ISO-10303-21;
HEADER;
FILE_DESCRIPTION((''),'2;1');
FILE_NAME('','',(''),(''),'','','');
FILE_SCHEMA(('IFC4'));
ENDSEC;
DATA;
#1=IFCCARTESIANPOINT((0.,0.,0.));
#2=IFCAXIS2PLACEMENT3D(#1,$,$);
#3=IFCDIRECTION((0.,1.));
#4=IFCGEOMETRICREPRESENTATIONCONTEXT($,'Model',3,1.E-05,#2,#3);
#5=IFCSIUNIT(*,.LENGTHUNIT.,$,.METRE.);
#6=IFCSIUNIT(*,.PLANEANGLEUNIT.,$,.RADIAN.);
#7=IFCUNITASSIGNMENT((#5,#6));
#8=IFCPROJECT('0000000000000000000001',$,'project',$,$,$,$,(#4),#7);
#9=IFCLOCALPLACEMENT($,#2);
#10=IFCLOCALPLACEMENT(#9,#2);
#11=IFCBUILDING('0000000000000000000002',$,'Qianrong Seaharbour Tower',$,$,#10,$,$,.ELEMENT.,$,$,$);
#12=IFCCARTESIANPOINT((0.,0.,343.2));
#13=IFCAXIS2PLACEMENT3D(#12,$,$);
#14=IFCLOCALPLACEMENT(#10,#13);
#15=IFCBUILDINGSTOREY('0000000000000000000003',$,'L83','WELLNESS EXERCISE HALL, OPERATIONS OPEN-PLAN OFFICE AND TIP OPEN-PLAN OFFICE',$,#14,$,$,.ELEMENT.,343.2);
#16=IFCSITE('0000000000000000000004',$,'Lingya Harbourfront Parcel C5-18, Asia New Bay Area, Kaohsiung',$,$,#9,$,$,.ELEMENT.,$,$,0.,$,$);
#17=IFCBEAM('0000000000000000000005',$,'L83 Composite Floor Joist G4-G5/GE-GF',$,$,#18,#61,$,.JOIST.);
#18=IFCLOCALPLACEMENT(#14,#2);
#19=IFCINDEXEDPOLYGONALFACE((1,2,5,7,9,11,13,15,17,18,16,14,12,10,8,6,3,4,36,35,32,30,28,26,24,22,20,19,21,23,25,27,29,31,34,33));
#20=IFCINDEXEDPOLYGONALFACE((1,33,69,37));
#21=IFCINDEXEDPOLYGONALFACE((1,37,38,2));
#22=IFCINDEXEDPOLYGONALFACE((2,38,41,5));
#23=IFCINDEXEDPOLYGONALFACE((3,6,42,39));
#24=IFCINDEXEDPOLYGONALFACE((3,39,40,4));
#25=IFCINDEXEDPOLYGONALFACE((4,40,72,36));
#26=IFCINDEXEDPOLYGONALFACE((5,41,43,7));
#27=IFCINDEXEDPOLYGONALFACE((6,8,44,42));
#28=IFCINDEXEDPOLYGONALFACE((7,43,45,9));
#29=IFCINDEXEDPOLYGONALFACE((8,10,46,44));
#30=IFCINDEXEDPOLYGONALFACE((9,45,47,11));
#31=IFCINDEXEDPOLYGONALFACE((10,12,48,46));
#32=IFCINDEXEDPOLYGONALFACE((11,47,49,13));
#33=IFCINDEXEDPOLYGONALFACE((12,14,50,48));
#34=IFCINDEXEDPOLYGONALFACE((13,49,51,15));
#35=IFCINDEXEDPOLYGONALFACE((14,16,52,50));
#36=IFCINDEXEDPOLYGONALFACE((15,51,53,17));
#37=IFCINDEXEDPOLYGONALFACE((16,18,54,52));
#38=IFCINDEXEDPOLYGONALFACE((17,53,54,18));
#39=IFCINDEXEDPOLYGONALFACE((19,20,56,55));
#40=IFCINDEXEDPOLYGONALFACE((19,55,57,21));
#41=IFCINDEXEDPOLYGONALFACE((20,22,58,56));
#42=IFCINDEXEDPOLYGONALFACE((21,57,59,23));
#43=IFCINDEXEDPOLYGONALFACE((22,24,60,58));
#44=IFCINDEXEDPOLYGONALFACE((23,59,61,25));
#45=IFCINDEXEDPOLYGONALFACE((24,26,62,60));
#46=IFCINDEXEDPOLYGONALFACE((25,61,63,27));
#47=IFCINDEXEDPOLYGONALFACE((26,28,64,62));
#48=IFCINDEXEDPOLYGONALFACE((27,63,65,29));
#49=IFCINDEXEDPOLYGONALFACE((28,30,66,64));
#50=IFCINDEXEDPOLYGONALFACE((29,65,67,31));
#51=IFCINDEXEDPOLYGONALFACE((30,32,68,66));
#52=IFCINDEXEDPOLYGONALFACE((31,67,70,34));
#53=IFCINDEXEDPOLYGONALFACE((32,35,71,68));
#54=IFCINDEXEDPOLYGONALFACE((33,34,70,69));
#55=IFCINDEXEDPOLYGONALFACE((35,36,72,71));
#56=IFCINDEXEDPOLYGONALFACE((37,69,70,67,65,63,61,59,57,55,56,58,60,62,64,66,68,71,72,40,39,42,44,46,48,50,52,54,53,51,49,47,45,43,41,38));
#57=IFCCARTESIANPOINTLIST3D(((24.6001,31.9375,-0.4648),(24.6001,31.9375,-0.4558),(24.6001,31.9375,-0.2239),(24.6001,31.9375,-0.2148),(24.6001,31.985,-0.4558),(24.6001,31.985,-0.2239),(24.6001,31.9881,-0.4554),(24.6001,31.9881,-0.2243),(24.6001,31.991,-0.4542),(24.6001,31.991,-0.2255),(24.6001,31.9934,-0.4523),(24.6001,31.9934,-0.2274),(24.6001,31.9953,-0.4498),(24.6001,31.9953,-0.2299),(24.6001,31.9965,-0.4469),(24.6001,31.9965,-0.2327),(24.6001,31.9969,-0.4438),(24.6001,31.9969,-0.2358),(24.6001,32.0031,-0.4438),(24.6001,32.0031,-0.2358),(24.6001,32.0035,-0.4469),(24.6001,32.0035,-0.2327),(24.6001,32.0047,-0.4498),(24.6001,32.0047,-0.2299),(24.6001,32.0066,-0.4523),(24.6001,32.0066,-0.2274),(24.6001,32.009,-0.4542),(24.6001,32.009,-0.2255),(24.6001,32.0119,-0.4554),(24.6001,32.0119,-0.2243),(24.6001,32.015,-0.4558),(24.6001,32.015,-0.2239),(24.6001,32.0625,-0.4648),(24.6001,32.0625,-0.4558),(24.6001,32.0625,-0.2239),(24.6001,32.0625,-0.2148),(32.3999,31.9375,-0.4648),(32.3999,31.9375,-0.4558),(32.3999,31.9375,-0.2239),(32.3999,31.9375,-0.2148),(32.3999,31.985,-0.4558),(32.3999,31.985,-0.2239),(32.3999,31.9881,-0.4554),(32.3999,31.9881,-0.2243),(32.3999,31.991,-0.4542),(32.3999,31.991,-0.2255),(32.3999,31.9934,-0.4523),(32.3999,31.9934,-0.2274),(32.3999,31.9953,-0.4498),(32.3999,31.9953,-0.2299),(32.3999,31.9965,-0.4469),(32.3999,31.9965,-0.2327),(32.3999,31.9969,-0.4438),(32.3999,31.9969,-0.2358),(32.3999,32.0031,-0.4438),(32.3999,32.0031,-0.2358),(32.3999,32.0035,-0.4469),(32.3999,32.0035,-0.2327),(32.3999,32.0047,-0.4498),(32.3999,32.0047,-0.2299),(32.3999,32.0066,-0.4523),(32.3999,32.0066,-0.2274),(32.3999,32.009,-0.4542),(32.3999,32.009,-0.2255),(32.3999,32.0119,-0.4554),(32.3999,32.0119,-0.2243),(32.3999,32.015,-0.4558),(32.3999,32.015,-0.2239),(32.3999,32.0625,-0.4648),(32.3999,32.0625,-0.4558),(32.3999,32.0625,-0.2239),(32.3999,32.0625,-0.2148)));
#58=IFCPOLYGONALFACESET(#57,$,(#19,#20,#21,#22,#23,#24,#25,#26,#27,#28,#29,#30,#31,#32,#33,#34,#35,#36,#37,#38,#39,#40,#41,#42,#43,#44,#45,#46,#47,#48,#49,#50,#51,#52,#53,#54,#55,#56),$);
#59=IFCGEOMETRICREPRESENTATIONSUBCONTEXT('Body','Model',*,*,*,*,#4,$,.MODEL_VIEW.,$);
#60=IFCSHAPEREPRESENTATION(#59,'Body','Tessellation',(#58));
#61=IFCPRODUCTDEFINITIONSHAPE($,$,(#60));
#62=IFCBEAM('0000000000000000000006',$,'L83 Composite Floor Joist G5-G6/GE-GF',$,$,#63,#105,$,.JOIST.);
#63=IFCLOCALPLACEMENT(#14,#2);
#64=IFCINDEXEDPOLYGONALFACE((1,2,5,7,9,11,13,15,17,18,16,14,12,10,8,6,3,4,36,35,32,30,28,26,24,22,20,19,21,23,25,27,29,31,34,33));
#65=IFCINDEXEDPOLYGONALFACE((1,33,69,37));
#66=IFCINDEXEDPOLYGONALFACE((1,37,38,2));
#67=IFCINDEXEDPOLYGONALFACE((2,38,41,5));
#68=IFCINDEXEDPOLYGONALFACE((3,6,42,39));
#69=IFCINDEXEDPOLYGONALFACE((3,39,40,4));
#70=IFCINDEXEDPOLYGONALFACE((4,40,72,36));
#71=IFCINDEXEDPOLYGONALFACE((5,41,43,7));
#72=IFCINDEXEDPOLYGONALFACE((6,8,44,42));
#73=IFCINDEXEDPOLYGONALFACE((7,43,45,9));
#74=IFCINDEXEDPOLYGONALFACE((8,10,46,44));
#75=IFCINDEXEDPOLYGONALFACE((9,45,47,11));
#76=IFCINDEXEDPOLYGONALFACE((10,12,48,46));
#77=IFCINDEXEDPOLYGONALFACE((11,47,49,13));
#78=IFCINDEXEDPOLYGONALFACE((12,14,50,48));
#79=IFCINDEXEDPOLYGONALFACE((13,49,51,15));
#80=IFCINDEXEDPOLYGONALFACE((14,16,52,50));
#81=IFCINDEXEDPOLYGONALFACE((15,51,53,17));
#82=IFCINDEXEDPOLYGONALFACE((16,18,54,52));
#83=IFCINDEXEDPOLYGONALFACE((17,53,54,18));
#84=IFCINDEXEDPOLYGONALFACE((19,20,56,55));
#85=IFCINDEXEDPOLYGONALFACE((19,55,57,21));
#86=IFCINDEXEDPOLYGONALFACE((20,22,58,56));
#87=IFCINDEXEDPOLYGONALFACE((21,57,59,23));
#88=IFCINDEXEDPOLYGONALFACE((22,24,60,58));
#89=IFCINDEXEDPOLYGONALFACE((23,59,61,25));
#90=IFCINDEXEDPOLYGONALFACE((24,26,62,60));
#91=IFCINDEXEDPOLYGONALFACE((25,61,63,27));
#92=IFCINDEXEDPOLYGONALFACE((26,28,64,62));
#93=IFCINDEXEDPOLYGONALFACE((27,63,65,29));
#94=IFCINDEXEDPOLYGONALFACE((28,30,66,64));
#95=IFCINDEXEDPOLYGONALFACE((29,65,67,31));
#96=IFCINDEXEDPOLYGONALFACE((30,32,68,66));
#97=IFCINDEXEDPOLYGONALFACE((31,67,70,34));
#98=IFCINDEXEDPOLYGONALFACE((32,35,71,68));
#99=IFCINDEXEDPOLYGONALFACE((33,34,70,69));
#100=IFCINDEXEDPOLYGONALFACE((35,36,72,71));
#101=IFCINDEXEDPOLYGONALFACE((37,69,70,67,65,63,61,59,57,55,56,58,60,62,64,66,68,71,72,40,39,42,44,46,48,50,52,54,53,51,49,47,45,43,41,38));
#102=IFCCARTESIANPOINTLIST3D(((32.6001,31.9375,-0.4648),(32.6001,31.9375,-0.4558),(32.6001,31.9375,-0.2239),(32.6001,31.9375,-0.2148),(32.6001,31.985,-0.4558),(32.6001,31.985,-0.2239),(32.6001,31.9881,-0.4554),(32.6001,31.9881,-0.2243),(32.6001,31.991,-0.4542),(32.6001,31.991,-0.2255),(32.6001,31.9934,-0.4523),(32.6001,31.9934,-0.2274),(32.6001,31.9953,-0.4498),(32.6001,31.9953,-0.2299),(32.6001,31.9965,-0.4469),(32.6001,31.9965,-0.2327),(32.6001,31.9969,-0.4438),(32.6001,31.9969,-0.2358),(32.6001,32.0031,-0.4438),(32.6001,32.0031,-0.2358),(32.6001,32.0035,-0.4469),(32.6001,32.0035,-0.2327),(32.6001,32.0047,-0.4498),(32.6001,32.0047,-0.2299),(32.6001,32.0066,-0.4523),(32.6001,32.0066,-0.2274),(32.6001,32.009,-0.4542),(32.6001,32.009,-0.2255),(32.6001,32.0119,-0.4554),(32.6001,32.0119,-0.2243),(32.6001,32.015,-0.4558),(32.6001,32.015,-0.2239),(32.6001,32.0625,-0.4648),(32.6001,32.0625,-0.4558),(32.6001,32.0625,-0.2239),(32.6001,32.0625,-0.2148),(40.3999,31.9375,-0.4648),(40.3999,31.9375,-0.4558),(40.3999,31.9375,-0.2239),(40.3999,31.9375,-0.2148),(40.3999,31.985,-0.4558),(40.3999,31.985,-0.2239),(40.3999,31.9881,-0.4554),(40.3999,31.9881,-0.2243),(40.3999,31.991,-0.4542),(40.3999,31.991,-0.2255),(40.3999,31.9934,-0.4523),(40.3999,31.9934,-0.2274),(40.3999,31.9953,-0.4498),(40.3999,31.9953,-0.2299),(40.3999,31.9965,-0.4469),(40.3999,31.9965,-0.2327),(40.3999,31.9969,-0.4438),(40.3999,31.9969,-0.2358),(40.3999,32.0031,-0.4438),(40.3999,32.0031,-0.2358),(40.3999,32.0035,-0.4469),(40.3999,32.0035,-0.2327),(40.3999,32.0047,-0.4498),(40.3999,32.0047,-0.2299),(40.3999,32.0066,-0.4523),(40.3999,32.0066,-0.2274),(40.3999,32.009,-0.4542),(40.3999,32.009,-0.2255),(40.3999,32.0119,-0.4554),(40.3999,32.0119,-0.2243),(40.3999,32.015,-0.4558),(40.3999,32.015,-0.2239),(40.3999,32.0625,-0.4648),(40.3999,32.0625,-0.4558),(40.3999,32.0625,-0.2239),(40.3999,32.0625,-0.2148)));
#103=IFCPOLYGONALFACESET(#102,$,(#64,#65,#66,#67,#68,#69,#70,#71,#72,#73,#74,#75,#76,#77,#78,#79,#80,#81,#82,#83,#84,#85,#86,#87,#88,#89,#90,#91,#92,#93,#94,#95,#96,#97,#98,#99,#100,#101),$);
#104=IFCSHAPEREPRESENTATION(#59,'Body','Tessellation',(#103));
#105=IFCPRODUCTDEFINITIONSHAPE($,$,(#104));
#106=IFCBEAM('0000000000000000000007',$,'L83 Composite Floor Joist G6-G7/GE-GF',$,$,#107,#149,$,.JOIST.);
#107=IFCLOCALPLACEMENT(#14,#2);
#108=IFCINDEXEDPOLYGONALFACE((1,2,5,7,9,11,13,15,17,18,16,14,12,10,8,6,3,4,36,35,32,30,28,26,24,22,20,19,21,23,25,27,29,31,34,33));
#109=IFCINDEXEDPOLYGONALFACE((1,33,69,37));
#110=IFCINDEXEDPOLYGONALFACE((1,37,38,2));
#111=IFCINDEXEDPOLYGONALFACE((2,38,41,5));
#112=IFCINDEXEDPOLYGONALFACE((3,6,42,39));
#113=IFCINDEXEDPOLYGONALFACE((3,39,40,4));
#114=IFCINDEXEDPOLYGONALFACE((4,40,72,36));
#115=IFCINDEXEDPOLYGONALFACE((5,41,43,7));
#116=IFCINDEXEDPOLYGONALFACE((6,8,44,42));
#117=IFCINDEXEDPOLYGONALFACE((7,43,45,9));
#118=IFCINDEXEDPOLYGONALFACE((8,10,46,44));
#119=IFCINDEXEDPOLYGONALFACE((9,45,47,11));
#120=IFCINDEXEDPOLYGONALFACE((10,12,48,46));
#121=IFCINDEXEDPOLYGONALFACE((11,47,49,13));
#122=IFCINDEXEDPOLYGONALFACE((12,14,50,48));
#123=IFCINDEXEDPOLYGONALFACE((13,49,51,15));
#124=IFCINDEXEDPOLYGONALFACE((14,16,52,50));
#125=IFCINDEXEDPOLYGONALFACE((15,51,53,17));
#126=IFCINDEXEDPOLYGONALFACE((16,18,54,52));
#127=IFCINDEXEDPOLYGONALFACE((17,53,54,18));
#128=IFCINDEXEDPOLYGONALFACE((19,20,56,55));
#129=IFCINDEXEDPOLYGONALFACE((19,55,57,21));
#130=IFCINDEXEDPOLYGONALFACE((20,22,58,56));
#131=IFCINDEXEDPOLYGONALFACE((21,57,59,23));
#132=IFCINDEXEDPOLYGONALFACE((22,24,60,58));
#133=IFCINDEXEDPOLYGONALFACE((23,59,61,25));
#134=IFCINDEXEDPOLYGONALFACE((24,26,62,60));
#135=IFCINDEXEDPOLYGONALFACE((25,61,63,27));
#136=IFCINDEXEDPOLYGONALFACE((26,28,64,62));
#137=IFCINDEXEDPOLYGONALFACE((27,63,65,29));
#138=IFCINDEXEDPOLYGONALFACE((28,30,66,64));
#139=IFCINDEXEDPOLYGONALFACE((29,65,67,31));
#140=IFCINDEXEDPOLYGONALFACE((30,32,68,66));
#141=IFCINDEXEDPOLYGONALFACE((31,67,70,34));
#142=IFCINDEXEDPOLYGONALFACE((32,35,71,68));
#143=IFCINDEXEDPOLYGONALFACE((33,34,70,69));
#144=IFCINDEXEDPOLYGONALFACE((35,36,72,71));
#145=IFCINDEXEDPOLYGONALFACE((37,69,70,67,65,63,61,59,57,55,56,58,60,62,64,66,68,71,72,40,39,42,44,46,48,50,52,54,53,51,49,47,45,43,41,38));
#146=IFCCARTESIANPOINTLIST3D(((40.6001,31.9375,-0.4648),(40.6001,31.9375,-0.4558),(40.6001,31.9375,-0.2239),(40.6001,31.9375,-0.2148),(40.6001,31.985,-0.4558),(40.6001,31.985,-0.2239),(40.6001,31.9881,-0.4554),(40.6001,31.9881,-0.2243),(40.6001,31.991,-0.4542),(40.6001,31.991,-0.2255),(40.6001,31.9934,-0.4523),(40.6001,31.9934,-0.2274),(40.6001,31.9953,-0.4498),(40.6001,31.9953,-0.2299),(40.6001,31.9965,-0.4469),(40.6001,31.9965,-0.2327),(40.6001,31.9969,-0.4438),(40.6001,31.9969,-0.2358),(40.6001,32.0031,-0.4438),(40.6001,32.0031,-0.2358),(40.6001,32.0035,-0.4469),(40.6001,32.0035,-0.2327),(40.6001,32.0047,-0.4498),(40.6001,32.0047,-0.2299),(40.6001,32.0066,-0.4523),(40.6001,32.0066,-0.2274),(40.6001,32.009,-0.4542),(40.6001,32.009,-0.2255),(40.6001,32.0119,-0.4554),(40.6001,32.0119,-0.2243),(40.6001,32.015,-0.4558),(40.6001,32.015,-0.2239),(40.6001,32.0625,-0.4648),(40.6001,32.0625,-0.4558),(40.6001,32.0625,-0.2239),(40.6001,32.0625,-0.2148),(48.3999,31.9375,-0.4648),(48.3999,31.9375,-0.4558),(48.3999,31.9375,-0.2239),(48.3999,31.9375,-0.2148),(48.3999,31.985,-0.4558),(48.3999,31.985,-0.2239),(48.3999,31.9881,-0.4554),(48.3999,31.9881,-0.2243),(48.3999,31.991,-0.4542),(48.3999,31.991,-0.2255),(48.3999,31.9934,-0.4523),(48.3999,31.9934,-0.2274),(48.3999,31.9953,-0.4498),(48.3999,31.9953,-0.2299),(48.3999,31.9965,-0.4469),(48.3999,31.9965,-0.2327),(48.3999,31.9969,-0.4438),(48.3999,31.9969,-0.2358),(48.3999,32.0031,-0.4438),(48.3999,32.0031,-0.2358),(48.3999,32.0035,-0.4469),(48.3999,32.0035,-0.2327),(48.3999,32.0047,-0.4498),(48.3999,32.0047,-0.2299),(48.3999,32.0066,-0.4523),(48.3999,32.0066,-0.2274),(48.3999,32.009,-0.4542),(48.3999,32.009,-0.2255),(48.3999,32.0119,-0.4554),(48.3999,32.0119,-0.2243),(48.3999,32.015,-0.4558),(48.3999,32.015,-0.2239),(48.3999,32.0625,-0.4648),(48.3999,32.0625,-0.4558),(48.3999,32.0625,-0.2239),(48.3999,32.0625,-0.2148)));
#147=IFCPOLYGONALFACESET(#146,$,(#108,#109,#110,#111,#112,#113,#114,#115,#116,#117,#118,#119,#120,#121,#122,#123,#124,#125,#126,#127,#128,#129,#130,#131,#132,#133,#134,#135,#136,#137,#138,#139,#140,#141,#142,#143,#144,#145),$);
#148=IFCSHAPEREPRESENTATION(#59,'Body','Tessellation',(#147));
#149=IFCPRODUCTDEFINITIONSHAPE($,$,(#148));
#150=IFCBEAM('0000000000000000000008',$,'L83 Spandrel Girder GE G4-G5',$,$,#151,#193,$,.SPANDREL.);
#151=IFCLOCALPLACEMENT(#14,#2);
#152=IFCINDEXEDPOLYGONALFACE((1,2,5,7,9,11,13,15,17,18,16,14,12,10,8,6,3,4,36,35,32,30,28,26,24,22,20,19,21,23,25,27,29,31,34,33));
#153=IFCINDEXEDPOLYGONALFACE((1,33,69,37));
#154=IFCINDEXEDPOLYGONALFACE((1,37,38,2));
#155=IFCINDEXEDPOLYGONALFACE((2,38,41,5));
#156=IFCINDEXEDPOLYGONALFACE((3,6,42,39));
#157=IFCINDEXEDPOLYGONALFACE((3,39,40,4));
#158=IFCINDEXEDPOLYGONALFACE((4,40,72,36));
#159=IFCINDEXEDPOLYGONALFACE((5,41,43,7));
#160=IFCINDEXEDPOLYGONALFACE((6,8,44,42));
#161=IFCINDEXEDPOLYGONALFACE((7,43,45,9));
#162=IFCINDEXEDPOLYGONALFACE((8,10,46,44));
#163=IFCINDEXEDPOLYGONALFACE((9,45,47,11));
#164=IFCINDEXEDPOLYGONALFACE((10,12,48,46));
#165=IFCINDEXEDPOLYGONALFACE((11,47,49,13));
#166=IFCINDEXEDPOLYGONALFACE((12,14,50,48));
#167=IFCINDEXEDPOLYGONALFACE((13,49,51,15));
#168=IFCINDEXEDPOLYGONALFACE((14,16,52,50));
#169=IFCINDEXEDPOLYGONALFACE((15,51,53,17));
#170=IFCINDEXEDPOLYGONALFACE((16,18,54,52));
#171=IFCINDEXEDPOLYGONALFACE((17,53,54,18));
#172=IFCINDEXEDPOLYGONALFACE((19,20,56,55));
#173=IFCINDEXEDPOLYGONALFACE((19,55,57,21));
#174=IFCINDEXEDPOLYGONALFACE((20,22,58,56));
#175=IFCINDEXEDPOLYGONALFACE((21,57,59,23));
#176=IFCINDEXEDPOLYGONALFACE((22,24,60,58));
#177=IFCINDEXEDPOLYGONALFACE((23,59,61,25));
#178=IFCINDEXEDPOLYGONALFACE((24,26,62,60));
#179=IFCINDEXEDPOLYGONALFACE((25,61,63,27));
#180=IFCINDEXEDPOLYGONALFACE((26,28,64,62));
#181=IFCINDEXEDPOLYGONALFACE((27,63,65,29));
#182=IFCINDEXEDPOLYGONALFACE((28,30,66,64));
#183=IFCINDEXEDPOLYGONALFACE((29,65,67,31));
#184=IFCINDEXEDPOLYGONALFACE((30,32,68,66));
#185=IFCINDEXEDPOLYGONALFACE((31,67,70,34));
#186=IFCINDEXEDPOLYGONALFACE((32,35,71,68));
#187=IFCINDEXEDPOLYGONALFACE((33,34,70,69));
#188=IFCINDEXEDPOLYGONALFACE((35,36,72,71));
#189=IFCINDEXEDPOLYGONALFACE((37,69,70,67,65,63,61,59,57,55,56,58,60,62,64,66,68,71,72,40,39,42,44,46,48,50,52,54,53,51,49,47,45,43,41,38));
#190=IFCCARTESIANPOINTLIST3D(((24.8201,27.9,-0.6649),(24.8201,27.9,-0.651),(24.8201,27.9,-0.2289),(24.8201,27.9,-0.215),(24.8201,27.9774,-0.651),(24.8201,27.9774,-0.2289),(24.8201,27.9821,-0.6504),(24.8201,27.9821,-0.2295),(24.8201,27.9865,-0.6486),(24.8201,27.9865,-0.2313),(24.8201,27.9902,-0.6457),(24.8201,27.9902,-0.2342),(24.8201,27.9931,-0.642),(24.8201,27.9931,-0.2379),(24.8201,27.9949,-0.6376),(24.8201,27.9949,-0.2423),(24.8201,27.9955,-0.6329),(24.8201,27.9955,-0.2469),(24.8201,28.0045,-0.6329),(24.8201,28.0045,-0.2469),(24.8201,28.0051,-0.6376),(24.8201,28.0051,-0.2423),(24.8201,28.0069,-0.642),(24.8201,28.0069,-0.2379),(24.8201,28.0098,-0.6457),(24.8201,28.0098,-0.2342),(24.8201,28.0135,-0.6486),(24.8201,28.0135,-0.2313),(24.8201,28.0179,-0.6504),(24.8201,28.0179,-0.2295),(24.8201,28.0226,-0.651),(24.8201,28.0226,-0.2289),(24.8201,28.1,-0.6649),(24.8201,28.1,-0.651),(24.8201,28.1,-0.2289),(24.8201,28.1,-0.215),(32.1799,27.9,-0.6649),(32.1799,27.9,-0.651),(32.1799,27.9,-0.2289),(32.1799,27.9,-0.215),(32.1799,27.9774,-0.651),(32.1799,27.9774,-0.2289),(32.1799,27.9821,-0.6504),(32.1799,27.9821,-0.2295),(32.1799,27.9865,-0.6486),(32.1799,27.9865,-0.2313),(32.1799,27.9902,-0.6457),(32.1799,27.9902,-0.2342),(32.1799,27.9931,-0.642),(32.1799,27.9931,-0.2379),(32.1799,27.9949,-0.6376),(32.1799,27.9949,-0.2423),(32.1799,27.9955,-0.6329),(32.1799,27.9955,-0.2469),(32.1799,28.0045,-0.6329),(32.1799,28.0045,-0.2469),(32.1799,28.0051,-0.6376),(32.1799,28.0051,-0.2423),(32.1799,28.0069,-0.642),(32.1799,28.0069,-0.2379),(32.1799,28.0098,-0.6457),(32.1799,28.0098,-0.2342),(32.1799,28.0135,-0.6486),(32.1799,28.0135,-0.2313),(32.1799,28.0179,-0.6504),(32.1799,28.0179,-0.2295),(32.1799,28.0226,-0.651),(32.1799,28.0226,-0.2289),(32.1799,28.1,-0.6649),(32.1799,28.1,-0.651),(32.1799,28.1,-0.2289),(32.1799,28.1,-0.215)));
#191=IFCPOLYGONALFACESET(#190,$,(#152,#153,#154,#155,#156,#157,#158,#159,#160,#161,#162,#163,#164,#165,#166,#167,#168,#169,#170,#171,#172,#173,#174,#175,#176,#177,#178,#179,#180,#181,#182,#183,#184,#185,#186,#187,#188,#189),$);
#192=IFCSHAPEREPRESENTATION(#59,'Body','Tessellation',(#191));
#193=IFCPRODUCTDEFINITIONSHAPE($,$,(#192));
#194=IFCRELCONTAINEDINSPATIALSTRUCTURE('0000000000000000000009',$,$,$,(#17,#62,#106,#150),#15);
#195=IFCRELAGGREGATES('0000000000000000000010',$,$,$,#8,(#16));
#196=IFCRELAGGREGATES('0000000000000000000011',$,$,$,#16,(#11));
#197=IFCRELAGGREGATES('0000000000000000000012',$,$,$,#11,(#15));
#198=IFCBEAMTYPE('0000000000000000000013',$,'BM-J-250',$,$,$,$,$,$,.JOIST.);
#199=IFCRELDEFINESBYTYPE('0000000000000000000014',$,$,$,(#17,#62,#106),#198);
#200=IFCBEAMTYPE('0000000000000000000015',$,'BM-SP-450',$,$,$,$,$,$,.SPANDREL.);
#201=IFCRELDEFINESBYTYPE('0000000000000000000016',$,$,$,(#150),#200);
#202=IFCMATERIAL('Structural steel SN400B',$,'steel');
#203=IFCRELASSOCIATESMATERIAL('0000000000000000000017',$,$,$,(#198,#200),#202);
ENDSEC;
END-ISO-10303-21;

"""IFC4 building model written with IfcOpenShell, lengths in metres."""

from ifc_helpers import new_model, si_unit, direction, frame, origin, origin_2d, place, context, subcontext, project, spatial, i_section, extrude, material, material_profile, profile_set, type_object, element, save


model = new_model("IFC4")

# Units and contexts
model_context = context("Model", 3, precision=1e-05, world=origin(), true_north=direction((0.0, 1.0)))
body_context = subcontext(model_context, "Body", "Model", "MODEL_VIEW")
ifc_project = project(units=[si_unit("LENGTHUNIT", "METRE"), si_unit("PLANEANGLEUNIT", "RADIAN")], contexts=[model_context])

# Site, building, storey
site_placement = place(None, origin())
site = spatial("IfcSite", under=ifc_project, at=site_placement, Name="Lingya Harbourfront Parcel C5-18, Asia New Bay Area, Kaohsiung", CompositionType="ELEMENT", RefElevation=0.0)
building_placement = place(site_placement, origin())
building = spatial("IfcBuilding", under=site, at=building_placement, Name="Qianrong Seaharbour Tower", CompositionType="ELEMENT")
storey_placement = place(building_placement, frame((0.0, 0.0, 343.2)))
storey = spatial("IfcBuildingStorey", under=building, at=storey_placement, Name="L83", Description="WELLNESS EXERCISE HALL, OPERATIONS OPEN-PLAN OFFICE AND TIP OPEN-PLAN OFFICE", CompositionType="ELEMENT", Elevation=343.2)

# Beams
ifc_material_1 = material(Name="Structural steel SN400B", Category="steel")
ifc_material_profile_1 = material_profile(ifc_material_1, i_section(OverallWidth=0.125, OverallDepth=0.25, WebThickness=0.0061, FlangeThickness=0.009, FilletRadius=0.012, at=origin_2d()), Name="H250x125x6x9")
ifc_profile_set_1 = profile_set([ifc_material_profile_1], Name="Structural steel SN400B")
beam_type_1 = type_object("IfcBeamType", Name="BM-J-250", PredefinedType="JOIST", material=ifc_profile_set_1)
for number, where, z_axis, x_axis, name in (
    (1, (24.6001, 32.0, -0.3398), (1.0, 0.0, 0.0), (0.0, 1.0, 0.0), "L83 Composite Floor Joist G4-G5/GE-GF"),
    (2, (32.6001, 32.0, -0.3398), (1.0, 0.0, 0.0), (0.0, 1.0, 0.0), "L83 Composite Floor Joist G5-G6/GE-GF"),
    (3, (40.6001, 32.0, -0.3398), (1.0, 0.0, 0.0), (0.0, 1.0, 0.0), "L83 Composite Floor Joist G6-G7/GE-GF"),
):
    element("IfcBeam", number, at=place(storey_placement, frame(where, z_axis=z_axis, x_axis=x_axis)), inside=storey, type_object=beam_type_1, Name=name, PredefinedType="JOIST", context=body_context, shape_type="SweptSolid", body=[
        extrude(i_section(OverallWidth=0.125, OverallDepth=0.25, WebThickness=0.0061, FlangeThickness=0.009, FilletRadius=0.012, at=origin_2d()), origin(), (0.0, 0.0, 1.0), 7.7998),
    ])
ifc_material_profile_2 = material_profile(ifc_material_1, i_section(OverallWidth=0.2, OverallDepth=0.45, WebThickness=0.009, FlangeThickness=0.0139, FilletRadius=0.0181, at=origin_2d()), Name="H450x200x9x14")
ifc_profile_set_2 = profile_set([ifc_material_profile_2], Name="Structural steel SN400B")
beam_type_2 = type_object("IfcBeamType", Name="BM-SP-450", PredefinedType="SPANDREL", material=ifc_profile_set_2)
for number, where, z_axis, x_axis, name in (
    (4, (24.8201, 28.0, -0.4399), (1.0, 0.0, 0.0), (0.0, 1.0, 0.0), "L83 Spandrel Girder GE G4-G5"),
):
    element("IfcBeam", number, at=place(storey_placement, frame(where, z_axis=z_axis, x_axis=x_axis)), inside=storey, type_object=beam_type_2, Name=name, PredefinedType="SPANDREL", context=body_context, shape_type="SweptSolid", body=[
        extrude(i_section(OverallWidth=0.2, OverallDepth=0.45, WebThickness=0.009, FlangeThickness=0.0139, FilletRadius=0.0181, at=origin_2d()), origin(), (0.0, 0.0, 1.0), 7.3599),
    ])

save(model, "model.ifc")
